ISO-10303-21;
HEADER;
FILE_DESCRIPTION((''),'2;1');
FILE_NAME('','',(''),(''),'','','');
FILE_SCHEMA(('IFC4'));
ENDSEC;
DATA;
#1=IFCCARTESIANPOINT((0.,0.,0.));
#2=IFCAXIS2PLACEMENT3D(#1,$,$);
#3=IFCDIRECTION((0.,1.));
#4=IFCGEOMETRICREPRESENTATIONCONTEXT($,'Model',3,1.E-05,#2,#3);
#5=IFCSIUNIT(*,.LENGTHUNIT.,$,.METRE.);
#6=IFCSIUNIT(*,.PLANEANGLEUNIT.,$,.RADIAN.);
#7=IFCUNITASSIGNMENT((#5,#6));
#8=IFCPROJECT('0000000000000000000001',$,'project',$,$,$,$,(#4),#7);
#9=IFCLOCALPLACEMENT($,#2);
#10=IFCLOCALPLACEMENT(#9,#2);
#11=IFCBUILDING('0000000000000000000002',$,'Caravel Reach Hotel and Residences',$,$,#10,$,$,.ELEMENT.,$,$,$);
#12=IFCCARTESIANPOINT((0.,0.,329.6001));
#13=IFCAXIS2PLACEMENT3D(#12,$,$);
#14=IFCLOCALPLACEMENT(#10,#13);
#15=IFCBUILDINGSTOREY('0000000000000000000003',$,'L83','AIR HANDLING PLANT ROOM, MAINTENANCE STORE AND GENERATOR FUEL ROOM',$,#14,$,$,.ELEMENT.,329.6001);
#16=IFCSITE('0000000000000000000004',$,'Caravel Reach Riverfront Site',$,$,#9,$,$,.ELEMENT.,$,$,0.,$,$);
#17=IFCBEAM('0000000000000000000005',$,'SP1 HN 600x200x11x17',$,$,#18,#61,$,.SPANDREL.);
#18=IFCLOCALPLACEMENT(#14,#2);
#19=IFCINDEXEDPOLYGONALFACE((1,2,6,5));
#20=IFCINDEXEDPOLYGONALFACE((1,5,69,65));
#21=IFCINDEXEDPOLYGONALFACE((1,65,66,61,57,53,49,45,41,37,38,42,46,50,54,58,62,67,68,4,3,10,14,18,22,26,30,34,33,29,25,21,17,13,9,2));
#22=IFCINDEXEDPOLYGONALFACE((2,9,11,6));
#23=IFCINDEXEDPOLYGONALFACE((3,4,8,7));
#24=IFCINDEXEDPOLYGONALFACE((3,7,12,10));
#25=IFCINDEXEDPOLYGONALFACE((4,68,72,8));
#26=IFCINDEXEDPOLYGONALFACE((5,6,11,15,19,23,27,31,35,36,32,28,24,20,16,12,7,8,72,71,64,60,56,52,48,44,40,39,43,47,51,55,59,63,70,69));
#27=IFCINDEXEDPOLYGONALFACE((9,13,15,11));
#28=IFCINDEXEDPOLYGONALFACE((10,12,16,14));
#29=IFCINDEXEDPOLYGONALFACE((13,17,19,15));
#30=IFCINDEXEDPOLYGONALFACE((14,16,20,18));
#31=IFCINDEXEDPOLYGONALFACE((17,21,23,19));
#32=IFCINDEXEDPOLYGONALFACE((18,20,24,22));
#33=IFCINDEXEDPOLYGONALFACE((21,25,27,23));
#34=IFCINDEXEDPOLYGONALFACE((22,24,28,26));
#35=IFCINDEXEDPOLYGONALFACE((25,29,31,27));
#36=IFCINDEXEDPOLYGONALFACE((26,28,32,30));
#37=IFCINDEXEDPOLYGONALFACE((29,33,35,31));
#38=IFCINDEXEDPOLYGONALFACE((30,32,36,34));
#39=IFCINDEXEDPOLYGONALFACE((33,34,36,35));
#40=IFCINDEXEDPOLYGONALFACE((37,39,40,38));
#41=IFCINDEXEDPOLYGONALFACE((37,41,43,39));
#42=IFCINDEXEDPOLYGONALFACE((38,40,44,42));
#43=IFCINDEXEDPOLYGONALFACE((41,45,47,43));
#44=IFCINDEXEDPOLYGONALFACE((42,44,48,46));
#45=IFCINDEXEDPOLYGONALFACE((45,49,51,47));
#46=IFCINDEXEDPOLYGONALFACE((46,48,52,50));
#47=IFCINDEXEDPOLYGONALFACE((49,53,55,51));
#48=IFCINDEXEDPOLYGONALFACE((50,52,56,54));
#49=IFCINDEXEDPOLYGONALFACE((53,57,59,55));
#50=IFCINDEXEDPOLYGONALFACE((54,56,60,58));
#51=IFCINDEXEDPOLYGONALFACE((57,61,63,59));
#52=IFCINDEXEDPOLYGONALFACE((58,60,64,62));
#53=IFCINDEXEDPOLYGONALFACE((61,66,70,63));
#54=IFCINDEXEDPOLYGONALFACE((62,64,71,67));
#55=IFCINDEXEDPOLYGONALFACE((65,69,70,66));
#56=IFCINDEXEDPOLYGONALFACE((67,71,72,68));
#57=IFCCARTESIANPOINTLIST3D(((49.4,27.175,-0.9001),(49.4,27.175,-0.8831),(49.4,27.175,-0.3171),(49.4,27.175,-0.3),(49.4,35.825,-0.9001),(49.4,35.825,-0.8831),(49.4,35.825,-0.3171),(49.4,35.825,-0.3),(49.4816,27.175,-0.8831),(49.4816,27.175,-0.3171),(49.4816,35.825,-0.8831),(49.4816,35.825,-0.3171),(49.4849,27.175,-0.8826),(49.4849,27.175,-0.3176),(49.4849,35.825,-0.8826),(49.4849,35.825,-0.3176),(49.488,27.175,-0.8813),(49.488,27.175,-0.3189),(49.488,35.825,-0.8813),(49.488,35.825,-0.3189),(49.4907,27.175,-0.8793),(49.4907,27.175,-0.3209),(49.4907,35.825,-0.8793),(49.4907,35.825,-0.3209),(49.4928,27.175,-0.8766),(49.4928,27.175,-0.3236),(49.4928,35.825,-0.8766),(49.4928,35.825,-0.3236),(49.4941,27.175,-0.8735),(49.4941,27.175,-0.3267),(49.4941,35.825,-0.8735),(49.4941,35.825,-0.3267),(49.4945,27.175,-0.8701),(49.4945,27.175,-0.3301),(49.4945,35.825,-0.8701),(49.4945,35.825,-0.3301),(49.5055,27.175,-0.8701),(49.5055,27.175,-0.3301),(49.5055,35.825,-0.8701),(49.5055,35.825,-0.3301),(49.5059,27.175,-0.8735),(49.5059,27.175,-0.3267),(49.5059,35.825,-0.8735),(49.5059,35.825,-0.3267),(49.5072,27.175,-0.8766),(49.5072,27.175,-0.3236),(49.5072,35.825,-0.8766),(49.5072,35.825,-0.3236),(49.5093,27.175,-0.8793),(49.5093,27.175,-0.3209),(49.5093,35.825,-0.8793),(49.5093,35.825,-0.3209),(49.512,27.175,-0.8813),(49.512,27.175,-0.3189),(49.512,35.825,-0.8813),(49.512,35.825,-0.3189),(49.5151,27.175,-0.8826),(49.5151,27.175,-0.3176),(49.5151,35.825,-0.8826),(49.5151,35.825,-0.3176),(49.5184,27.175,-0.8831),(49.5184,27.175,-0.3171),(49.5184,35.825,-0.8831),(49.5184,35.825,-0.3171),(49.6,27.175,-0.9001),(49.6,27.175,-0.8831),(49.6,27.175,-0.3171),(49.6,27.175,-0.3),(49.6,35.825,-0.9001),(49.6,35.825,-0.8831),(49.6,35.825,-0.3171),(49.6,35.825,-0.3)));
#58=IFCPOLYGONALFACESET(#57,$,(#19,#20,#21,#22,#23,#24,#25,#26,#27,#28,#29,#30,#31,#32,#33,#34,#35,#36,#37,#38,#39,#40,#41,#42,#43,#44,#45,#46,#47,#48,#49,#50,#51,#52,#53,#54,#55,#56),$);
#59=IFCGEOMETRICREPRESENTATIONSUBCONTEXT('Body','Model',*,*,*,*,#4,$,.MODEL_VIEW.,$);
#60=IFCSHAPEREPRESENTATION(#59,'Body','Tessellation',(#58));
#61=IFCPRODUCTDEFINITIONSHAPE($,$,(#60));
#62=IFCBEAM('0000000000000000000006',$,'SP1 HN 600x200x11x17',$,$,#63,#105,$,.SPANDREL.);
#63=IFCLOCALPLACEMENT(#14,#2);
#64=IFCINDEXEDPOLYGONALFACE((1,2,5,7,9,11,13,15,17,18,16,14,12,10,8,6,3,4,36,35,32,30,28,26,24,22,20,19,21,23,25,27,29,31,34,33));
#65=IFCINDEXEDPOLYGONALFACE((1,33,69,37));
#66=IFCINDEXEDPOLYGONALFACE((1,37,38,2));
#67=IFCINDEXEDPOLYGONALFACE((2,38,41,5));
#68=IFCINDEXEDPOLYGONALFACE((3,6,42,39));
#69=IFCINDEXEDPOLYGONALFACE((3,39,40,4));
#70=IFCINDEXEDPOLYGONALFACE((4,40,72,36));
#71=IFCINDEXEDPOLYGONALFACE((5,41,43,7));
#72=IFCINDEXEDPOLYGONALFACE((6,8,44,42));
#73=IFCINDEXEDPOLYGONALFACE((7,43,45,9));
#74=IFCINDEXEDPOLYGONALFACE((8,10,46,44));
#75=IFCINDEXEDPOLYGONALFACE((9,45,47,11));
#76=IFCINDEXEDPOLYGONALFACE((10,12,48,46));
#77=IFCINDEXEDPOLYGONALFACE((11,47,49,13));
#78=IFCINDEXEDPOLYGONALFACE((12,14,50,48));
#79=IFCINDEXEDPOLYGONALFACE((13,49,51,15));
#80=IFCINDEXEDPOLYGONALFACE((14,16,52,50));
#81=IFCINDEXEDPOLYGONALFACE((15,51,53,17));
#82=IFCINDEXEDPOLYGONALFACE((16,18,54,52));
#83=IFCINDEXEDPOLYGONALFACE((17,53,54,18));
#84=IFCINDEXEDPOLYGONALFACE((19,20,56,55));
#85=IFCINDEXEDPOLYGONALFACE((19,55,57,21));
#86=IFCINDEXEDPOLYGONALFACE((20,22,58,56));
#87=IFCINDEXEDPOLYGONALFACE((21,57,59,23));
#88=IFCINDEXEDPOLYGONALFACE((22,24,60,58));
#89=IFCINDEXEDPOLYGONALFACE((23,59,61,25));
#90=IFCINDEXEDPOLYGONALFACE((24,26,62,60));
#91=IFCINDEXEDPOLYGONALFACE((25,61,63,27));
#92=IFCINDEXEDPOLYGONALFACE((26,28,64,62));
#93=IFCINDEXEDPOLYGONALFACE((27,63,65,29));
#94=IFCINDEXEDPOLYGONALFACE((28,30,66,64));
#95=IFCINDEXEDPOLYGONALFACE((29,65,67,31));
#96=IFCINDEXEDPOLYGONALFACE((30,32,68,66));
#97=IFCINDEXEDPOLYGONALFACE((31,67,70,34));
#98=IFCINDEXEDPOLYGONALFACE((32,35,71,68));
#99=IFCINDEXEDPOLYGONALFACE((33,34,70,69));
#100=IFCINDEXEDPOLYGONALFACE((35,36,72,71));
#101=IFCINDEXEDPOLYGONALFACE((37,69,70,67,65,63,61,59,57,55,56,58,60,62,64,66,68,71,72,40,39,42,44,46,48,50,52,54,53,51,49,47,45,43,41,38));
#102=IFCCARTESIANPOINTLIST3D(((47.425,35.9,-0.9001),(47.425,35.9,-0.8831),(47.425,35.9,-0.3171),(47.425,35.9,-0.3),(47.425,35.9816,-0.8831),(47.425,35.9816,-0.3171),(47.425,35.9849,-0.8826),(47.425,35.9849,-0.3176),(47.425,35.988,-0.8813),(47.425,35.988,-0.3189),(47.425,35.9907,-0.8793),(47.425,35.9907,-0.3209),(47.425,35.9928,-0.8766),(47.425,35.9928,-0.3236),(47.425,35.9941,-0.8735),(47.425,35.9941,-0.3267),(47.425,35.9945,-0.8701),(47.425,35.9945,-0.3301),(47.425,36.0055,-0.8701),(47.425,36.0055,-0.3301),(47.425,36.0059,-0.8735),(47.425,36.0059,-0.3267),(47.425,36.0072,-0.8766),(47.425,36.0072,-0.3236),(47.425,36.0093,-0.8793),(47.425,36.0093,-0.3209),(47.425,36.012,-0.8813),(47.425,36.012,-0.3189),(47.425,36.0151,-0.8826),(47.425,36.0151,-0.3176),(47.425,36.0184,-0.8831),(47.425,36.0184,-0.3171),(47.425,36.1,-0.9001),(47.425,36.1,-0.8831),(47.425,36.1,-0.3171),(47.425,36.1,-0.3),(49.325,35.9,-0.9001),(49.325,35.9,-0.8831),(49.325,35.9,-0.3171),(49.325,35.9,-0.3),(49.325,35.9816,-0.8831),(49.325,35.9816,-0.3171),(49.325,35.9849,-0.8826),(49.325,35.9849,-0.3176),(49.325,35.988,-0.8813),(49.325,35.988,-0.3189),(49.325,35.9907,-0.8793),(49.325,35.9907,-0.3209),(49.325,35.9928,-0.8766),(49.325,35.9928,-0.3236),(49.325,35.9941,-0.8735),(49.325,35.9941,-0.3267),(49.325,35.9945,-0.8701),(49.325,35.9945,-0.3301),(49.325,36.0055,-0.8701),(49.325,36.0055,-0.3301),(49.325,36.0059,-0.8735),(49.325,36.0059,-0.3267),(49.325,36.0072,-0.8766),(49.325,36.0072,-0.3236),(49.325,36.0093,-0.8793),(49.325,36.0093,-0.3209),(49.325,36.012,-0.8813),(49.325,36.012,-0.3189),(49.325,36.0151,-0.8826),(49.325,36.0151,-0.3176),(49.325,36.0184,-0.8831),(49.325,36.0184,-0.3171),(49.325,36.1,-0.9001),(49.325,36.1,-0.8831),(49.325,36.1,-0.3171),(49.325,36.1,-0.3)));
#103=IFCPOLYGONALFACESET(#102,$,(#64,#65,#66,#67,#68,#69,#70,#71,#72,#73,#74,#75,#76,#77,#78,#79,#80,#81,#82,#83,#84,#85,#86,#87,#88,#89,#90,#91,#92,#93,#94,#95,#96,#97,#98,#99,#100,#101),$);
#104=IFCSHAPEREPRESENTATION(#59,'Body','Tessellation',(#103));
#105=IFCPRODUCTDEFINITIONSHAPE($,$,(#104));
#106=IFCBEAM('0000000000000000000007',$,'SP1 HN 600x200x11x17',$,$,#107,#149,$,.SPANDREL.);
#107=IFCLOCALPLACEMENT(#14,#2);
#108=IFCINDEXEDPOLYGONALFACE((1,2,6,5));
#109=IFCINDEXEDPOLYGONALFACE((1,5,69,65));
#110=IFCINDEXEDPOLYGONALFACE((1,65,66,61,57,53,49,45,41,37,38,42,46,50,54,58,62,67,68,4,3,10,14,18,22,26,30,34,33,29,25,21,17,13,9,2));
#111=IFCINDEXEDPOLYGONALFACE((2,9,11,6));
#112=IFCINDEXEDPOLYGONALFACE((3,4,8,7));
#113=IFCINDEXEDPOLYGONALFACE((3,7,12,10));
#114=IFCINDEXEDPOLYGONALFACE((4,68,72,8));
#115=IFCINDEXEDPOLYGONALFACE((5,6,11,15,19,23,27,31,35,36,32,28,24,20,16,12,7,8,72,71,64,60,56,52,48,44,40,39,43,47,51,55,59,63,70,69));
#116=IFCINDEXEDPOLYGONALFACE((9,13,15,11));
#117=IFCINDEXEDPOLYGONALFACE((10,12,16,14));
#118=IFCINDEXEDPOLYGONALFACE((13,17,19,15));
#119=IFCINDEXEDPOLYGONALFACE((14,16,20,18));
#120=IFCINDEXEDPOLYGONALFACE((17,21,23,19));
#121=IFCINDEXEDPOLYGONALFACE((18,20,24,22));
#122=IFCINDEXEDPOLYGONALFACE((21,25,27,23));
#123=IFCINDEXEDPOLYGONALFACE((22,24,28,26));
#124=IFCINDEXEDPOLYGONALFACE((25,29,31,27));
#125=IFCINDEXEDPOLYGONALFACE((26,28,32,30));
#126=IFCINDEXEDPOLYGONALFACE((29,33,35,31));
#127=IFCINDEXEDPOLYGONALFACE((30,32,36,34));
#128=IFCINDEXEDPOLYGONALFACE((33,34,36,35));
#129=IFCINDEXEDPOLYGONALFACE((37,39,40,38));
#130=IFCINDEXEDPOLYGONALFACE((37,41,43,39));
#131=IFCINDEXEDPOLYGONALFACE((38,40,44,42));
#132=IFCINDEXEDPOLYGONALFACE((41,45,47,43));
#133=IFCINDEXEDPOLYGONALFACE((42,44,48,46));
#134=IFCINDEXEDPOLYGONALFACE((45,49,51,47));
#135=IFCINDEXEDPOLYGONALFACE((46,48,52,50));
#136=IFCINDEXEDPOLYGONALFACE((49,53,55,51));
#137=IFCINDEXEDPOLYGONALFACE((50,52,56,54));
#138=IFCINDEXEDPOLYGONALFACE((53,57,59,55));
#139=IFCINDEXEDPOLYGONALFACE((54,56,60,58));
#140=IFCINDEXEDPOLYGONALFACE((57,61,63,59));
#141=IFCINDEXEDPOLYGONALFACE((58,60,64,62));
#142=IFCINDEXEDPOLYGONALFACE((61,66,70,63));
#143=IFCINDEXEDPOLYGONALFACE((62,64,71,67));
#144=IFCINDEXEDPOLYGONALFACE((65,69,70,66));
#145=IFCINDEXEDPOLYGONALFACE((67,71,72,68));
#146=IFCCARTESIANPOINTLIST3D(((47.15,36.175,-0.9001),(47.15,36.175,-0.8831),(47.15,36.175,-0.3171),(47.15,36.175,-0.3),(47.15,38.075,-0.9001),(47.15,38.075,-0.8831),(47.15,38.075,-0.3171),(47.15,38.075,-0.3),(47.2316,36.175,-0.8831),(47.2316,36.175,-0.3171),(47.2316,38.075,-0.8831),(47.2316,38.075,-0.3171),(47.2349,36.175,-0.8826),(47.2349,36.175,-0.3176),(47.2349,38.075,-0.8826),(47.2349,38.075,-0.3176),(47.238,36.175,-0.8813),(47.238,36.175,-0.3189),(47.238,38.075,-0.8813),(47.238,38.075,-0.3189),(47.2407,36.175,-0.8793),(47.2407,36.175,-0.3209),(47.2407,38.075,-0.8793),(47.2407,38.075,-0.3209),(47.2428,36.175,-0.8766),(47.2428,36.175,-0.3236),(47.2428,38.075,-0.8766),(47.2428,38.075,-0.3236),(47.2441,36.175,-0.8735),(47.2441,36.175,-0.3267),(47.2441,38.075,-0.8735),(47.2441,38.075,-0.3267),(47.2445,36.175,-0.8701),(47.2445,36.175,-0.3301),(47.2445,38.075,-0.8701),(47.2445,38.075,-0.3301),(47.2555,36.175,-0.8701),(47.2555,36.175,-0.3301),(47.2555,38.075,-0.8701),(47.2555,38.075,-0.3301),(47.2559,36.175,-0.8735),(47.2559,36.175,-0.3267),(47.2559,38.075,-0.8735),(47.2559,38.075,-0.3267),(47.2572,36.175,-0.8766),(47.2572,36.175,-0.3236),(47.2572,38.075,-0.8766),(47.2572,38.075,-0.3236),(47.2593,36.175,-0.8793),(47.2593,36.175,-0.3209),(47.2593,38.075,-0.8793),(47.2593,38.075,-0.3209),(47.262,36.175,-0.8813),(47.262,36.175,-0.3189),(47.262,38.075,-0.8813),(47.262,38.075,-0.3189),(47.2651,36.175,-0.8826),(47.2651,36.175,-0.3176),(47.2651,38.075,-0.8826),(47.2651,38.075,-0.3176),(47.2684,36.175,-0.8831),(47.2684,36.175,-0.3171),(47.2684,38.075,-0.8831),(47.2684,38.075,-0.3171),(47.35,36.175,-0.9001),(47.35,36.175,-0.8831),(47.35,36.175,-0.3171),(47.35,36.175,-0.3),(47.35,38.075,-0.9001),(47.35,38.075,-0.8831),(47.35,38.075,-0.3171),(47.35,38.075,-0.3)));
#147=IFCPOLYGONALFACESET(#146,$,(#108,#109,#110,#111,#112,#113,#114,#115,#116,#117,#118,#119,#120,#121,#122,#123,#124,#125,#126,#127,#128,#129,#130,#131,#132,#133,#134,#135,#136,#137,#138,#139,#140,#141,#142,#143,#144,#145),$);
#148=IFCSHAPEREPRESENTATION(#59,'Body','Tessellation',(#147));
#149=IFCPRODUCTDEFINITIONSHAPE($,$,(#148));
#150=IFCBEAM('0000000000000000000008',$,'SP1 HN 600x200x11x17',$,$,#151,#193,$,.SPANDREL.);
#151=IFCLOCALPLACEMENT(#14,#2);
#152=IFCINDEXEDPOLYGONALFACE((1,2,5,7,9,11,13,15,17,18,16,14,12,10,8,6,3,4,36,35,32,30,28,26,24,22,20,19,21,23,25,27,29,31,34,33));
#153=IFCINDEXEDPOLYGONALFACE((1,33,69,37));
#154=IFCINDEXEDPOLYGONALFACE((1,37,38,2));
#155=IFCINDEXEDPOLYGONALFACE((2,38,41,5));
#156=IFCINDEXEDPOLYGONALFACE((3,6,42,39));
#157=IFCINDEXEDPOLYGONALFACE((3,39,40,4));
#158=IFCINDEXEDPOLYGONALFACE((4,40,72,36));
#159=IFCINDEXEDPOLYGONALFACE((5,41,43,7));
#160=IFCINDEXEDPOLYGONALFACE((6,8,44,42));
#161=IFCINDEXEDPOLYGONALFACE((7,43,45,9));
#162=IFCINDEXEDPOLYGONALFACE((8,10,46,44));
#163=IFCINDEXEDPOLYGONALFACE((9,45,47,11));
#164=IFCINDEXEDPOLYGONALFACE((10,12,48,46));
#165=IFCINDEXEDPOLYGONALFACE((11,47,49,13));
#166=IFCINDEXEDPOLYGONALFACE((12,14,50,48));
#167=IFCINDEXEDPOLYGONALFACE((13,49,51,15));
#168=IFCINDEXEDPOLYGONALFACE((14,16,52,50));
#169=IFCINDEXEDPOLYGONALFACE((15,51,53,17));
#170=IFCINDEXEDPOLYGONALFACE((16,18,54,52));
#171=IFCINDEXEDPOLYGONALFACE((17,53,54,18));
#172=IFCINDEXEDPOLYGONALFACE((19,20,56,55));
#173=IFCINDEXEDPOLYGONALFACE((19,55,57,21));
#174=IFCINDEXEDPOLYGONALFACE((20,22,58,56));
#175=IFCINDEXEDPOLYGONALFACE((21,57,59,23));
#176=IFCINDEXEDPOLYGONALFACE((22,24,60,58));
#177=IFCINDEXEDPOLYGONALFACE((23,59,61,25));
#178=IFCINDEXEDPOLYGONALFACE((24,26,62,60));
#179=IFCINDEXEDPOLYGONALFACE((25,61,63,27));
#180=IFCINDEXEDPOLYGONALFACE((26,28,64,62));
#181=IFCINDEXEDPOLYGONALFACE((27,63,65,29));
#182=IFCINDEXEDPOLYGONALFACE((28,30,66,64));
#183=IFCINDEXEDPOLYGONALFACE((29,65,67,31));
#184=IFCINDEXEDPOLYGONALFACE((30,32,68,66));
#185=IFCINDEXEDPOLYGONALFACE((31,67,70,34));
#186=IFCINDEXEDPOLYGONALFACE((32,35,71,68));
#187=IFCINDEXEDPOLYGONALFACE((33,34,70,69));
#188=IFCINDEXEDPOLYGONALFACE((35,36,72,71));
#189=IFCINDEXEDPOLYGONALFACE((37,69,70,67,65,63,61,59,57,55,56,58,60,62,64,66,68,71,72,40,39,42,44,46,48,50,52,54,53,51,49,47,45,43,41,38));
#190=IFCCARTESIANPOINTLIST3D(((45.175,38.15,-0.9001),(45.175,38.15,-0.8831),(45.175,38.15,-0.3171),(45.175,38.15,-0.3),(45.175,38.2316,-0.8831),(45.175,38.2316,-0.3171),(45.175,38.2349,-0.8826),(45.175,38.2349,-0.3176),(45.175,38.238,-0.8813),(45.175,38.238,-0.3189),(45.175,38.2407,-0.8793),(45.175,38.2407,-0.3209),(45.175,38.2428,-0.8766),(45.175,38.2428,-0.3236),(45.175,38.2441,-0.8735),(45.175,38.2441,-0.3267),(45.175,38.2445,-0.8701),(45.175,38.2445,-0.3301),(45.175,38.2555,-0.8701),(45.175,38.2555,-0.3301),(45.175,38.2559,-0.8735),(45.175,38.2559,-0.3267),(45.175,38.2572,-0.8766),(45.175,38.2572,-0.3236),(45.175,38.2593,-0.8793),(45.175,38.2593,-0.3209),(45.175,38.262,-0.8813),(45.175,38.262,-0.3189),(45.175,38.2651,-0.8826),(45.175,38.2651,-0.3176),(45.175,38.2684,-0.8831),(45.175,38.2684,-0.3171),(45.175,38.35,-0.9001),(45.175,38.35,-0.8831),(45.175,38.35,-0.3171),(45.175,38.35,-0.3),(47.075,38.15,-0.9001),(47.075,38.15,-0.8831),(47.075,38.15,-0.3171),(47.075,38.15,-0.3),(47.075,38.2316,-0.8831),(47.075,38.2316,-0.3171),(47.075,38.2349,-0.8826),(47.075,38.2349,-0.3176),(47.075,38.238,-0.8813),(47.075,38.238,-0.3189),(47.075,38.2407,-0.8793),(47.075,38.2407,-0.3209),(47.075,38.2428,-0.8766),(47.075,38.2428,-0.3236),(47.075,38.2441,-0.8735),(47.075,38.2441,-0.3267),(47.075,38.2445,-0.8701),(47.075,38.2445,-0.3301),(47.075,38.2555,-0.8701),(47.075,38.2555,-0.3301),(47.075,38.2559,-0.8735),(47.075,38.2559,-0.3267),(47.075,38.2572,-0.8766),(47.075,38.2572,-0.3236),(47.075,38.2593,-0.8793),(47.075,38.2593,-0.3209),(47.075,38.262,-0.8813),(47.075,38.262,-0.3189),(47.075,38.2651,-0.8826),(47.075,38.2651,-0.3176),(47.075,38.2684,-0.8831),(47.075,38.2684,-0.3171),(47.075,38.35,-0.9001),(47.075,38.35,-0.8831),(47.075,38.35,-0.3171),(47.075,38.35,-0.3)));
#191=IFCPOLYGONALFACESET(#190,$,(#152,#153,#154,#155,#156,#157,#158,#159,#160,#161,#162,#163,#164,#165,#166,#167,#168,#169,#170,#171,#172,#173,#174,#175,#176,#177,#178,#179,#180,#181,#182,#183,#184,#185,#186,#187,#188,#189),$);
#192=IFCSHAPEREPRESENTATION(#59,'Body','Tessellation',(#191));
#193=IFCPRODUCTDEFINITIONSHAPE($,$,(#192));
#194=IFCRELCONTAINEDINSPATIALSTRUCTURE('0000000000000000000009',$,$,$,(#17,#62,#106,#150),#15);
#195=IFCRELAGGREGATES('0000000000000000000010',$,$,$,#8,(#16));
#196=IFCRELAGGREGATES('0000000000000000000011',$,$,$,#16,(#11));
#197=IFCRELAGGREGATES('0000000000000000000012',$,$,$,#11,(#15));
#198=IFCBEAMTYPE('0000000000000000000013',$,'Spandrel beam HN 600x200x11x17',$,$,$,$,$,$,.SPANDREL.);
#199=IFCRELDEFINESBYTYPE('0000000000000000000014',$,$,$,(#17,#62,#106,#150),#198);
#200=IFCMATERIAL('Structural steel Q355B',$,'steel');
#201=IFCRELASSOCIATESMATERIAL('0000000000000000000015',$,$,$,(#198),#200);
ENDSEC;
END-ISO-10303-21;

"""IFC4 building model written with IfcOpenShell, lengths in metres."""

from ifc_helpers import new_model, si_unit, direction, frame, origin, origin_2d, place, context, subcontext, project, spatial, i_section, extrude, material, material_profile, profile_set, type_object, element, save


model = new_model("IFC4")

# Units and contexts
model_context = context("Model", 3, precision=1e-05, world=origin(), true_north=direction((0.0, 1.0)))
body_context = subcontext(model_context, "Body", "Model", "MODEL_VIEW")
ifc_project = project(units=[si_unit("LENGTHUNIT", "METRE"), si_unit("PLANEANGLEUNIT", "RADIAN")], contexts=[model_context])

# Site, building, storey
site_placement = place(None, origin())
site = spatial("IfcSite", under=ifc_project, at=site_placement, Name="Caravel Reach Riverfront Site", CompositionType="ELEMENT", RefElevation=0.0)
building_placement = place(site_placement, origin())
building = spatial("IfcBuilding", under=site, at=building_placement, Name="Caravel Reach Hotel and Residences", CompositionType="ELEMENT")
storey_placement = place(building_placement, frame((0.0, 0.0, 329.6001)))
storey = spatial("IfcBuildingStorey", under=building, at=storey_placement, Name="L83", Description="AIR HANDLING PLANT ROOM, MAINTENANCE STORE AND GENERATOR FUEL ROOM", CompositionType="ELEMENT", Elevation=329.6001)

# Beams
ifc_material_1 = material(Name="Structural steel Q355B", Category="steel")
ifc_material_profile_1 = material_profile(ifc_material_1, i_section(OverallWidth=0.2, OverallDepth=0.6001, WebThickness=0.011, FlangeThickness=0.0171, FilletRadius=0.0129, at=origin_2d()), Name="HN 600x200x11x17")
ifc_profile_set_1 = profile_set([ifc_material_profile_1], Name="Structural steel Q355B")
beam_type_1 = type_object("IfcBeamType", Name="Spandrel beam HN 600x200x11x17", PredefinedType="SPANDREL", material=ifc_profile_set_1)
beam_1_placement = place(storey_placement, frame((49.5, 27.175, -0.6001), z_axis=(0.0, 1.0, 0.0), x_axis=(-1.0, 0.0, 0.0)))
element("IfcBeam", 1, at=beam_1_placement, inside=storey, type_object=beam_type_1, Name="SP1 HN 600x200x11x17", PredefinedType="SPANDREL", context=body_context, shape_type="SweptSolid", body=[
    extrude(i_section(OverallWidth=0.2, OverallDepth=0.6001, WebThickness=0.011, FlangeThickness=0.0171, FilletRadius=0.0129, at=origin_2d()), origin(), (0.0, 0.0, 1.0), 8.6499),
])
for number, where, z_axis, x_axis, name in (
    (2, (49.325, 36.0, -0.6001), (-1.0, 0.0, 0.0), (0.0, -1.0, 0.0), "SP1 HN 600x200x11x17"),
    (3, (47.25, 36.175, -0.6001), (0.0, 1.0, 0.0), (-1.0, 0.0, 0.0), "SP1 HN 600x200x11x17"),
    (4, (47.075, 38.25, -0.6001), (-1.0, 0.0, 0.0), (0.0, -1.0, 0.0), "SP1 HN 600x200x11x17"),
):
    element("IfcBeam", number, at=place(storey_placement, frame(where, z_axis=z_axis, x_axis=x_axis)), inside=storey, type_object=beam_type_1, Name=name, PredefinedType="SPANDREL", context=body_context, shape_type="SweptSolid", body=[
        extrude(i_section(OverallWidth=0.2, OverallDepth=0.6001, WebThickness=0.011, FlangeThickness=0.0171, FilletRadius=0.0129, at=origin_2d()), origin(), (0.0, 0.0, 1.0), 1.8999),
    ])

save(model, "model.ifc")
